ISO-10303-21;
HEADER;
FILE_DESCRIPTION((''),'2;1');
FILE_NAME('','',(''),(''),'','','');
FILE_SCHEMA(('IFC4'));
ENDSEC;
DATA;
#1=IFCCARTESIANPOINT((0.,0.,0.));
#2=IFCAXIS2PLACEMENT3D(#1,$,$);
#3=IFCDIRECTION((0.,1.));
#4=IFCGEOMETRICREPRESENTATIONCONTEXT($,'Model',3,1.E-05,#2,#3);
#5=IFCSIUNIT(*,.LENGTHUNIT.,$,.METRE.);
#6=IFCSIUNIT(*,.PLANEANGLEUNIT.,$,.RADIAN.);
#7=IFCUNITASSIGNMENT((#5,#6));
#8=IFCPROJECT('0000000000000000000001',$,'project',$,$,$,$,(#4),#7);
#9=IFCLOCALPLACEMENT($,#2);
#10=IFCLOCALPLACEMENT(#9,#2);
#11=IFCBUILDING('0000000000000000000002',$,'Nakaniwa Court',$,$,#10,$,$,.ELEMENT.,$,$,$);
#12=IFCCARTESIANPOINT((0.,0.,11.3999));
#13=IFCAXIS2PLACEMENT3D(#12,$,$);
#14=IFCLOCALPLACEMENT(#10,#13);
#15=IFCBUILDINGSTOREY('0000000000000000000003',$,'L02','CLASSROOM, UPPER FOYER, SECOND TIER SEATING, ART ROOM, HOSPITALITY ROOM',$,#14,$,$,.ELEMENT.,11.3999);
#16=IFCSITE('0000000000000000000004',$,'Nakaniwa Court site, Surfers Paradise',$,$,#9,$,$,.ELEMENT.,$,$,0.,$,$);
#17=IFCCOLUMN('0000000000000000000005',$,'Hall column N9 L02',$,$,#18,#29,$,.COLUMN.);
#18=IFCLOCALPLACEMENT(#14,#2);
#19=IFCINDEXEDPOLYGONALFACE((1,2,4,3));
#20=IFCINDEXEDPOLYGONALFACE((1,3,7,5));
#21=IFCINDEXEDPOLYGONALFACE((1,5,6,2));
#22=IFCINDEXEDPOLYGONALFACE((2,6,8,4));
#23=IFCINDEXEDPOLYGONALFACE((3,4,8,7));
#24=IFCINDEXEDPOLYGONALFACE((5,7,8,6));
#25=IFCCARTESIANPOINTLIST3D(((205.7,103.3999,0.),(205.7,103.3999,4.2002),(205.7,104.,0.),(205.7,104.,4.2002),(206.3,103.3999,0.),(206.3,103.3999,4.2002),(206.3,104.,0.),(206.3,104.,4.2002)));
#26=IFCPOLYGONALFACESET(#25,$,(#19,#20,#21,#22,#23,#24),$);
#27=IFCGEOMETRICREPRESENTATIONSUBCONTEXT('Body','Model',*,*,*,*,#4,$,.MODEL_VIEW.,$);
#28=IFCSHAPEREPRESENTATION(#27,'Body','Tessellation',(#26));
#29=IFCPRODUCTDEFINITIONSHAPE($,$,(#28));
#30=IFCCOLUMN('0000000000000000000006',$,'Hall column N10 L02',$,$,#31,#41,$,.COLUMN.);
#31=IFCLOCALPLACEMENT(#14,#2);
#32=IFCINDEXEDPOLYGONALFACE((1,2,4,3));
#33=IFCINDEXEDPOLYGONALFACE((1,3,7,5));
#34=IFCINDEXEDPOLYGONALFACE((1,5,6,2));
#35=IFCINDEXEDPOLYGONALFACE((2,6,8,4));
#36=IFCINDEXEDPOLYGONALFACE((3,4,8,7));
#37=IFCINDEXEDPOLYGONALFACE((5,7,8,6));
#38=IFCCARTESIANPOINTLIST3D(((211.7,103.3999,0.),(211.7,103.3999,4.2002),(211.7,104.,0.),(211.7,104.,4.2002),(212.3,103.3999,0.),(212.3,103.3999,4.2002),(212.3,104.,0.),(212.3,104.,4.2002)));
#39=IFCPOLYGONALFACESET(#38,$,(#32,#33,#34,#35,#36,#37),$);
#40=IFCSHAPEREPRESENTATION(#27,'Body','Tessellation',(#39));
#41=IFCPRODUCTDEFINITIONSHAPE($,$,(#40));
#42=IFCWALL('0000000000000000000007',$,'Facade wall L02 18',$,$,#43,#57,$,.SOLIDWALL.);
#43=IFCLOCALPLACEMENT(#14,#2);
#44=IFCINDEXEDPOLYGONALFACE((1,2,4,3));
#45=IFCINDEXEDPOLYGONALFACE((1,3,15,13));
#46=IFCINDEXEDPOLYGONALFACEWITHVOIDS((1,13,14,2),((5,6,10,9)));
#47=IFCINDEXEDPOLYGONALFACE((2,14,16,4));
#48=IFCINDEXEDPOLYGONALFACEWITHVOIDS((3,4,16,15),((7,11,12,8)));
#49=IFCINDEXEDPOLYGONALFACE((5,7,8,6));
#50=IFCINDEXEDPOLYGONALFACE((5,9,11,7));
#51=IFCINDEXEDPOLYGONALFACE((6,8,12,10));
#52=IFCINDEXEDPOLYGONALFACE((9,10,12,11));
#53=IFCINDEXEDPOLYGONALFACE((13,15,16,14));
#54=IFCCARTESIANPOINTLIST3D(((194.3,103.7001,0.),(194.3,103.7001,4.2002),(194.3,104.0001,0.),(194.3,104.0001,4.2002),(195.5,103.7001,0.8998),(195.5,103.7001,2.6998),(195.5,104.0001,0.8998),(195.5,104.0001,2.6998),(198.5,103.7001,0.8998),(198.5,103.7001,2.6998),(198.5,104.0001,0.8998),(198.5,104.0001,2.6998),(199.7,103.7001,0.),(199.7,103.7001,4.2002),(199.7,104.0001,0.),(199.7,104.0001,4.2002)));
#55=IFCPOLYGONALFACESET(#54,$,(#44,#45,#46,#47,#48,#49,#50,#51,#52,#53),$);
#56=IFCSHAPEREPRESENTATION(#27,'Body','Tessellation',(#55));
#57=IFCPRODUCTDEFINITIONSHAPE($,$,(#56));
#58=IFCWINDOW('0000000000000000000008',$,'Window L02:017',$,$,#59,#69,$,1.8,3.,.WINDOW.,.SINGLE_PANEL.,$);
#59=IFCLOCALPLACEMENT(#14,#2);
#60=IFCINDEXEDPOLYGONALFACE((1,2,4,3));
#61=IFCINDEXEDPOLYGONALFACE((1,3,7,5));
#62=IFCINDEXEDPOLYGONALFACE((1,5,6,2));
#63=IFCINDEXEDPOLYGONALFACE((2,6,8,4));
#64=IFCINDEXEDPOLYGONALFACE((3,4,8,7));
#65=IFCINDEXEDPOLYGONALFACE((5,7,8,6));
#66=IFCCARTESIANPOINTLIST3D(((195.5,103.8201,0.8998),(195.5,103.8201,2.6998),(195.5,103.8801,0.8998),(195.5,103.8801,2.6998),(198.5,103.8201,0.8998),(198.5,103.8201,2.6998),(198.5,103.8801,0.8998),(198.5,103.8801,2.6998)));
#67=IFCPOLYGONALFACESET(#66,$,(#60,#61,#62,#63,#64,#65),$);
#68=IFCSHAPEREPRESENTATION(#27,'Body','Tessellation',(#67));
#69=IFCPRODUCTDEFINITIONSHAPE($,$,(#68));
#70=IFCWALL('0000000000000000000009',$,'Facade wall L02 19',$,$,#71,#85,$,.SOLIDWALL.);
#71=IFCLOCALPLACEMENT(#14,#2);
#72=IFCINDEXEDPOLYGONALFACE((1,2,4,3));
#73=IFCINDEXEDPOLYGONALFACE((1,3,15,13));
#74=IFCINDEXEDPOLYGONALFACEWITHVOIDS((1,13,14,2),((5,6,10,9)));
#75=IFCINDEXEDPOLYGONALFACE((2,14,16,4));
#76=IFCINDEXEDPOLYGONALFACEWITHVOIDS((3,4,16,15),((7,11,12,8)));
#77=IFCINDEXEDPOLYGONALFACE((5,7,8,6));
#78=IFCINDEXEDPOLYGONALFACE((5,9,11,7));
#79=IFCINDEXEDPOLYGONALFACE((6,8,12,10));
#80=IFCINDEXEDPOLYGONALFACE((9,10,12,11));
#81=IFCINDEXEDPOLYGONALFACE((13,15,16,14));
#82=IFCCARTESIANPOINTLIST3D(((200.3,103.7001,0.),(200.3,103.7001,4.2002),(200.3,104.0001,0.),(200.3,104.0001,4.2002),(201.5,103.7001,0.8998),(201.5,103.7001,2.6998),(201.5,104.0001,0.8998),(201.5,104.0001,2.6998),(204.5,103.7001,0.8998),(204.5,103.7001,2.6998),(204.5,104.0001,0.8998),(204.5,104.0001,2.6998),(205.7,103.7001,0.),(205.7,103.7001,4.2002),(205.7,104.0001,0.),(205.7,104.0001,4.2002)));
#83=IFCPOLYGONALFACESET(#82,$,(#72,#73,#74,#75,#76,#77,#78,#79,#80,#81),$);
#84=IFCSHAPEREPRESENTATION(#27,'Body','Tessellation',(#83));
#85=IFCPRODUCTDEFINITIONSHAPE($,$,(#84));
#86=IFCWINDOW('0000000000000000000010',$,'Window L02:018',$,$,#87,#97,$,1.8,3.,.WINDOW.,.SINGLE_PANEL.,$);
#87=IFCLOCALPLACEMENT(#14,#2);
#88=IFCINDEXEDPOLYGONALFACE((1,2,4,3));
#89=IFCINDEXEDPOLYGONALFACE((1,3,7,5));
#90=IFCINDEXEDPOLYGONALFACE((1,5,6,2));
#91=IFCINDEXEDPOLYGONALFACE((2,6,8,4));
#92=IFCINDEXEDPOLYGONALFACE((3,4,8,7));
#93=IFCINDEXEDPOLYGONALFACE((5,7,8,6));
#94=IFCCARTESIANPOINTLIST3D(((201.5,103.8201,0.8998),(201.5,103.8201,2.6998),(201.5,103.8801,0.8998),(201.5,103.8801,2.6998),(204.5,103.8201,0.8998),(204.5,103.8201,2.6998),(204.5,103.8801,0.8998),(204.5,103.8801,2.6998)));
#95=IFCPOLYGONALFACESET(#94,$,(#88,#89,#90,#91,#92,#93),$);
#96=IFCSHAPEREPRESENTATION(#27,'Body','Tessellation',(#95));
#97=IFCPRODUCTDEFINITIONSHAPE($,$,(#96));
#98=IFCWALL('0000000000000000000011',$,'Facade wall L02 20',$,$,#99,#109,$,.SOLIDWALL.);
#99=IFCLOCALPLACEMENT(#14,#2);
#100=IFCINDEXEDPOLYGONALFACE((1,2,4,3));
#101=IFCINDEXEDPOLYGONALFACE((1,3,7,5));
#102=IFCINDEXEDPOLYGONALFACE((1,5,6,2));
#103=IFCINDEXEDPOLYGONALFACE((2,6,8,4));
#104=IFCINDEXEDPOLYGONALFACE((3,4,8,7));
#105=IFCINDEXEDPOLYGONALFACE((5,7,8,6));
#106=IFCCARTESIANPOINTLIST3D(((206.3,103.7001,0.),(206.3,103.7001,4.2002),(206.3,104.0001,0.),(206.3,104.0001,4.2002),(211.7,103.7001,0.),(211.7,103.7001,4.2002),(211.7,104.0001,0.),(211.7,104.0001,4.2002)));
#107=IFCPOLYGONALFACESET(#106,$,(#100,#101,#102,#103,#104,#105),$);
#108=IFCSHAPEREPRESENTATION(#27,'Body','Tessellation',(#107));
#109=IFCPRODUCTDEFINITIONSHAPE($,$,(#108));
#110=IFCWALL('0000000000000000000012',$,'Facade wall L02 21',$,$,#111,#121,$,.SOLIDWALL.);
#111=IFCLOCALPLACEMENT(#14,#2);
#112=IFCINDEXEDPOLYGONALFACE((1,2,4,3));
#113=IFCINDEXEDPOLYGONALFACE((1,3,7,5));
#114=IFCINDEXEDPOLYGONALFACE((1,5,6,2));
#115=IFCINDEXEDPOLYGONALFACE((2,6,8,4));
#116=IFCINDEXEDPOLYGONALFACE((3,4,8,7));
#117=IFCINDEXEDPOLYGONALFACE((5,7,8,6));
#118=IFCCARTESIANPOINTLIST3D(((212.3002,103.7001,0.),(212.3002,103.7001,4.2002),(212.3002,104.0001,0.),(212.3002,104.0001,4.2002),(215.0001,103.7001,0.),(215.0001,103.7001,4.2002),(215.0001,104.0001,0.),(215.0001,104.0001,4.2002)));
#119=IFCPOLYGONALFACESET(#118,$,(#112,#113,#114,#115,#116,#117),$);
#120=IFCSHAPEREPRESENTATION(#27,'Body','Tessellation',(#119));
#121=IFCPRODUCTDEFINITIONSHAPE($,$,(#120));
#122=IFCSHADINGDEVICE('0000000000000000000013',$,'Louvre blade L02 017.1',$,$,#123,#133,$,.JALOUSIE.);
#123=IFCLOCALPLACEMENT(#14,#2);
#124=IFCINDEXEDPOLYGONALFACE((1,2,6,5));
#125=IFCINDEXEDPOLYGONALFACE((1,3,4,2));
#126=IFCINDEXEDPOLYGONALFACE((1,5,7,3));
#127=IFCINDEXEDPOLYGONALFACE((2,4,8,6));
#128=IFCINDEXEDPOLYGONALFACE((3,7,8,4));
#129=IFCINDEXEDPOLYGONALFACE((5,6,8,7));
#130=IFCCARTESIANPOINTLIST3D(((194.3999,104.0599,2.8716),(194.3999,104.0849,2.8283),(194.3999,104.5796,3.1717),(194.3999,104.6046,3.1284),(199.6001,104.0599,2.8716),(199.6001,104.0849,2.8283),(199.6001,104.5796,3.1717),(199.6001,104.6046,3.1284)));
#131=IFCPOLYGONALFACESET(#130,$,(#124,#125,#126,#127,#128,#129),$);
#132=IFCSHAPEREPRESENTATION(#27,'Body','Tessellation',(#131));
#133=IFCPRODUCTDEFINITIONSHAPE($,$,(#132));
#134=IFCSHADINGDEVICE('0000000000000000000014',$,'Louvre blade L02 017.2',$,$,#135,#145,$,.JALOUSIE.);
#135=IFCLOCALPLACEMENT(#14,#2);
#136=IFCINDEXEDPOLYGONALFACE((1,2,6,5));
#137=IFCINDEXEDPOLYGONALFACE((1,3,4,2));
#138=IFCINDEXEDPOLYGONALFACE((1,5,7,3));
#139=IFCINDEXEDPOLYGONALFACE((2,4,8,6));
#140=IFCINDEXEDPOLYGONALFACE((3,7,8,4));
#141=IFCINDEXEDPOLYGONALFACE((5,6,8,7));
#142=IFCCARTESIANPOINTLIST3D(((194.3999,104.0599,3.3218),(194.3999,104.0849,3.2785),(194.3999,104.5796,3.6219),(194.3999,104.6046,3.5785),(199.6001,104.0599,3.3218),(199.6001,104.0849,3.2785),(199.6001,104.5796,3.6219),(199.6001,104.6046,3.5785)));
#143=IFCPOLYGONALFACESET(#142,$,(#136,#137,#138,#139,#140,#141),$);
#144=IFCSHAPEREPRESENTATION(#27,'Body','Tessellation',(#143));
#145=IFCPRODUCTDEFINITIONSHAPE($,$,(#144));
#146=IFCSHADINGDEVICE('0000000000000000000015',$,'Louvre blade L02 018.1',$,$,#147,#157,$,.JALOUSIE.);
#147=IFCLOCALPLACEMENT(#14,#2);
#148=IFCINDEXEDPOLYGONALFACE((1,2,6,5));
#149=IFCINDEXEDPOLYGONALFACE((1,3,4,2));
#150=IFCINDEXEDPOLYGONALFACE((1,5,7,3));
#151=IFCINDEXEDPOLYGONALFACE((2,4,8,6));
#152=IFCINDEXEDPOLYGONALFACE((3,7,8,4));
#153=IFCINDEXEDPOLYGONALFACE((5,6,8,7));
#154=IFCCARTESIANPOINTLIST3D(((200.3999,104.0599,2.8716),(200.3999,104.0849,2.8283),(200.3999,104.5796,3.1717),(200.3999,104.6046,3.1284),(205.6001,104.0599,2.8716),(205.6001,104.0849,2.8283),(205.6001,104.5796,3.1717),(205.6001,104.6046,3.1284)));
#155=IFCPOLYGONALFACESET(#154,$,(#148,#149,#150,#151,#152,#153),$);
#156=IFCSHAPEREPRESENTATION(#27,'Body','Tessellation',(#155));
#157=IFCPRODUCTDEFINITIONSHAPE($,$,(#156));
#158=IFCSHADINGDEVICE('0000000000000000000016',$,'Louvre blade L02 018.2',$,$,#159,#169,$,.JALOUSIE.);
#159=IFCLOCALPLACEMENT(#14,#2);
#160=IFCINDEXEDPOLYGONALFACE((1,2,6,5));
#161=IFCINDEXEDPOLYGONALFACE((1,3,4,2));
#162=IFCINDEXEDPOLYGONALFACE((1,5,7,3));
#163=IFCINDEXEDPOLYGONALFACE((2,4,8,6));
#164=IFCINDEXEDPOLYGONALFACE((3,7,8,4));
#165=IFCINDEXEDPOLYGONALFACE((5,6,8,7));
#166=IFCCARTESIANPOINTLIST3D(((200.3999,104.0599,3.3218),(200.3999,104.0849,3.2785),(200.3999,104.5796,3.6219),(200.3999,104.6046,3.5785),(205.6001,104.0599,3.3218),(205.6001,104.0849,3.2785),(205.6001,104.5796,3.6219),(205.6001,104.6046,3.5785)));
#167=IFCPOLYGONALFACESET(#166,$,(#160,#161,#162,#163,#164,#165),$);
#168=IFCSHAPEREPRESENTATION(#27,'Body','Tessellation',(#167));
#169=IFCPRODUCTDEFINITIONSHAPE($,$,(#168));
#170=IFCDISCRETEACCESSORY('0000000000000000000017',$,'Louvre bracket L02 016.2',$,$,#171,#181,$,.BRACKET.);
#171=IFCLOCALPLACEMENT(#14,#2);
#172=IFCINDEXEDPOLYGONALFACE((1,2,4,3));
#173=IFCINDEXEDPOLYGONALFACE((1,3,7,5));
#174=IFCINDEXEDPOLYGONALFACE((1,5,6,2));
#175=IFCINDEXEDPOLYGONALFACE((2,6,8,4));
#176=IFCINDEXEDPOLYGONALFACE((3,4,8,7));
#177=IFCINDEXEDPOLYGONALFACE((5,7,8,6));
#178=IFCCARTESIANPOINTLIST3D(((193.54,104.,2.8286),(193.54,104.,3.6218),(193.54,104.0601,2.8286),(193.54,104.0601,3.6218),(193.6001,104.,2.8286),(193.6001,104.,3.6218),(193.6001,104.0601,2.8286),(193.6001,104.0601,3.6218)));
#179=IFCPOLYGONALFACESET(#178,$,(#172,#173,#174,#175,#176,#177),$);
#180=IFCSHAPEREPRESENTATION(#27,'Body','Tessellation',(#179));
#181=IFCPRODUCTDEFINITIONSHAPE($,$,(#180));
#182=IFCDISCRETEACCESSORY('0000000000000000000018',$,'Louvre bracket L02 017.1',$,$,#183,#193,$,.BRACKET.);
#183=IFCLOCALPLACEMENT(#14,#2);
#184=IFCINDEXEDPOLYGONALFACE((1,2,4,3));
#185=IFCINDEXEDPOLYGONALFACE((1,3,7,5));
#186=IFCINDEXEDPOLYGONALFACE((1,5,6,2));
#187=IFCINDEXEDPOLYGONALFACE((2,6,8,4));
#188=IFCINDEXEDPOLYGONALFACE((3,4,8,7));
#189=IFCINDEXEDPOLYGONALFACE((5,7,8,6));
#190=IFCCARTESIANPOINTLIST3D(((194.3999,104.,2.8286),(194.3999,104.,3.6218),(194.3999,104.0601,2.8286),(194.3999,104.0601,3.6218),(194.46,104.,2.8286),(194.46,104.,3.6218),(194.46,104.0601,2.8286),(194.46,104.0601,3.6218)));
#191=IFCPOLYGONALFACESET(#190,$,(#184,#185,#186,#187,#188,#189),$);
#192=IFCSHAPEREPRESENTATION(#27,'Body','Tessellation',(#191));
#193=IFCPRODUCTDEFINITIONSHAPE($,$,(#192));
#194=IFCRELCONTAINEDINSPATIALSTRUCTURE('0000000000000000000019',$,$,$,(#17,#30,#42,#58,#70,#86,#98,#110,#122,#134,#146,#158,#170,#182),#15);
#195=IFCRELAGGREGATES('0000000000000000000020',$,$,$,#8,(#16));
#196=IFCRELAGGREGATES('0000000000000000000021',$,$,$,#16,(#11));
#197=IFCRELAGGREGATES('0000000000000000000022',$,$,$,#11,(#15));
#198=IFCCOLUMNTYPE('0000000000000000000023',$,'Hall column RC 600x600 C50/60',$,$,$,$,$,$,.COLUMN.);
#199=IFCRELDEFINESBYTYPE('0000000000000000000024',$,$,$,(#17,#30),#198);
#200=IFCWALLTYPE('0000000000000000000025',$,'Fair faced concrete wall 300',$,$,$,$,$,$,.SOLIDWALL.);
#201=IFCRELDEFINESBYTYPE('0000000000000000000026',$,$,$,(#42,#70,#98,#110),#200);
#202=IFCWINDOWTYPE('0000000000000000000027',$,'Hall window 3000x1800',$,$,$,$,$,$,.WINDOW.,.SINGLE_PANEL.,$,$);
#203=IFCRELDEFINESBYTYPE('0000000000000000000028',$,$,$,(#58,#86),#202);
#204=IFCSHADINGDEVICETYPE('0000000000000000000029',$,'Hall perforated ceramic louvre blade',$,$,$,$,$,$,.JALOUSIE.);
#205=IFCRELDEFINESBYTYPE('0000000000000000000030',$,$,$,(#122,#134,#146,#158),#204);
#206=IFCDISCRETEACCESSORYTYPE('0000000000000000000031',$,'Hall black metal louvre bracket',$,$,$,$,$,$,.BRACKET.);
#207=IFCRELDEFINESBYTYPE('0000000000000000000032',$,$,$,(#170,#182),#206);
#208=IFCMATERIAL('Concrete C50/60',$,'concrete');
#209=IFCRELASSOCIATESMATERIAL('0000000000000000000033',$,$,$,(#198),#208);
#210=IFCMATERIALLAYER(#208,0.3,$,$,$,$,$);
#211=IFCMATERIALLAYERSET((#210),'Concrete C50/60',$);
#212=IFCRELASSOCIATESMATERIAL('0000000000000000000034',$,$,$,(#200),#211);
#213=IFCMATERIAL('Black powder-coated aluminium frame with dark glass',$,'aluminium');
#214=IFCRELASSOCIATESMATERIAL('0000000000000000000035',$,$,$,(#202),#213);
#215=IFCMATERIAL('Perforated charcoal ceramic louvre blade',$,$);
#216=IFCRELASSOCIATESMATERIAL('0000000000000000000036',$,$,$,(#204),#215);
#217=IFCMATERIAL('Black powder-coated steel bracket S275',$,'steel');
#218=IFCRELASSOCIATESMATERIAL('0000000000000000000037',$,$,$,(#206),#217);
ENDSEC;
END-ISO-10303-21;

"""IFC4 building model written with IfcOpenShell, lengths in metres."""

from ifc_helpers import new_model, si_unit, direction, frame, frame_2d, origin, origin_2d, place, context, subcontext, project, spatial, rectangle, extrude, material, layer, layer_set, material_profile, profile_set, type_object, element, fill, save


model = new_model("IFC4")

# Units and contexts
model_context = context("Model", 3, precision=1e-05, world=origin(), true_north=direction((0.0, 1.0)))
body_context = subcontext(model_context, "Body", "Model", "MODEL_VIEW")
ifc_project = project(units=[si_unit("LENGTHUNIT", "METRE"), si_unit("PLANEANGLEUNIT", "RADIAN")], contexts=[model_context])

# Site, building, storey
site_placement = place(None, origin())
site = spatial("IfcSite", under=ifc_project, at=site_placement, Name="Nakaniwa Court site, Surfers Paradise", CompositionType="ELEMENT", RefElevation=0.0)
building_placement = place(site_placement, origin())
building = spatial("IfcBuilding", under=site, at=building_placement, Name="Nakaniwa Court", CompositionType="ELEMENT")
storey_placement = place(building_placement, frame((0.0, 0.0, 11.3999)))
storey = spatial("IfcBuildingStorey", under=building, at=storey_placement, Name="L02", Description="CLASSROOM, UPPER FOYER, SECOND TIER SEATING, ART ROOM, HOSPITALITY ROOM", CompositionType="ELEMENT", Elevation=11.3999)

# Columns
ifc_material_1 = material(Name="Concrete C50/60", Category="concrete")
ifc_material_profile_1 = material_profile(ifc_material_1, rectangle(XDim=0.6001, YDim=0.6001, at=origin_2d()), Name="RC 600x600")
ifc_profile_set_1 = profile_set([ifc_material_profile_1], Name="Concrete C50/60")
column_type = type_object("IfcColumnType", Name="Hall column RC 600x600 C50/60", PredefinedType="COLUMN", material=ifc_profile_set_1)
for number, where, z_axis, x_axis, name in (
    (1, (206.0, 103.7, 0.0), (0.0, 0.0, 1.0), (1.0, 0.0, 0.0), "Hall column N9 L02"),
    (2, (212.0, 103.7, 0.0), (0.0, 0.0, 1.0), (1.0, 0.0, 0.0), "Hall column N10 L02"),
):
    element("IfcColumn", number, at=place(storey_placement, frame(where, z_axis=z_axis, x_axis=x_axis)), inside=storey, type_object=column_type, Name=name, PredefinedType="COLUMN", context=body_context, shape_type="SweptSolid", body=[
        extrude(rectangle(XDim=0.6001, YDim=0.6001, at=origin_2d()), origin(), (0.0, 0.0, 1.0), 4.2002),
    ])

# Walls, openings, windows
ifc_layer = layer(ifc_material_1, 0.3)
ifc_layer_set = layer_set([ifc_layer], Name="Concrete C50/60")
wall_type = type_object("IfcWallType", Name="Fair faced concrete wall 300", PredefinedType="SOLIDWALL", material=ifc_layer_set)
wall_1_placement = place(storey_placement, frame((194.3, 103.8501, 0.0), z_axis=(0.0, 0.0, 1.0), x_axis=(1.0, 0.0, 0.0)))
wall_1 = element("IfcWall", 3, at=wall_1_placement, inside=storey, type_object=wall_type, Name="Facade wall L02 18", PredefinedType="SOLIDWALL", context=body_context, shape_type="SweptSolid", body=[
    extrude(rectangle(XDim=5.3999, YDim=0.3, at=frame_2d((2.7, 0.0))), origin(), (0.0, 0.0, 1.0), 4.2002),
])
opening_1_placement = place(wall_1_placement, frame((1.2, 0.0, 0.8999)))
opening_1 = element("IfcOpeningElement", 4, at=opening_1_placement, cuts=wall_1, PredefinedType="OPENING", context=body_context, shape_type="SweptSolid", body=[
    extrude(rectangle(XDim=3.0, YDim=1.8, at=frame_2d((1.5, 0.8999))), frame((0.0, 0.1599, 0.0), z_axis=(0.0, -1.0, 0.0), x_axis=(1.0, 0.0, 0.0)), (0.0, 0.0, 1.0), 0.3201),
])
ifc_material_2 = material(Name="Black powder-coated aluminium frame with dark glass", Category="aluminium")
window_type = type_object("IfcWindowType", Name="Hall window 3000x1800", PartitioningType="SINGLE_PANEL", PredefinedType="WINDOW", material=ifc_material_2)
window_1_placement = place(opening_1_placement, origin())
window_1 = element("IfcWindow", 5, at=window_1_placement, inside=storey, type_object=window_type, Name="Window L02:017", OverallHeight=1.8, OverallWidth=3.0, PartitioningType="SINGLE_PANEL", PredefinedType="WINDOW", context=body_context, shape_type="SweptSolid", body=[
    extrude(rectangle(XDim=3.0, YDim=1.8, at=frame_2d((1.5, 0.8999))), frame((0.0, 0.03, 0.0), z_axis=(0.0, -1.0, 0.0), x_axis=(1.0, 0.0, 0.0)), (0.0, 0.0, 1.0), 0.0601),
])
fill(opening_1, window_1)
wall_2_placement = place(storey_placement, frame((200.3, 103.8501, 0.0), z_axis=(0.0, 0.0, 1.0), x_axis=(1.0, 0.0, 0.0)))
wall_2 = element("IfcWall", 6, at=wall_2_placement, inside=storey, type_object=wall_type, Name="Facade wall L02 19", PredefinedType="SOLIDWALL", context=body_context, shape_type="SweptSolid", body=[
    extrude(rectangle(XDim=5.3999, YDim=0.3, at=frame_2d((2.7, 0.0))), origin(), (0.0, 0.0, 1.0), 4.2002),
])
opening_2_placement = place(wall_2_placement, frame((1.2, 0.0, 0.8999)))
opening_2 = element("IfcOpeningElement", 7, at=opening_2_placement, cuts=wall_2, PredefinedType="OPENING", context=body_context, shape_type="SweptSolid", body=[
    extrude(rectangle(XDim=3.0, YDim=1.8, at=frame_2d((1.5, 0.8999))), frame((0.0, 0.1599, 0.0), z_axis=(0.0, -1.0, 0.0), x_axis=(1.0, 0.0, 0.0)), (0.0, 0.0, 1.0), 0.3201),
])
window_2_placement = place(opening_2_placement, origin())
window_2 = element("IfcWindow", 8, at=window_2_placement, inside=storey, type_object=window_type, Name="Window L02:018", OverallHeight=1.8, OverallWidth=3.0, PartitioningType="SINGLE_PANEL", PredefinedType="WINDOW", context=body_context, shape_type="SweptSolid", body=[
    extrude(rectangle(XDim=3.0, YDim=1.8, at=frame_2d((1.5, 0.8999))), frame((0.0, 0.03, 0.0), z_axis=(0.0, -1.0, 0.0), x_axis=(1.0, 0.0, 0.0)), (0.0, 0.0, 1.0), 0.0601),
])
fill(opening_2, window_2)

# Walls
wall_3_placement = place(storey_placement, frame((206.3, 103.8501, 0.0), z_axis=(0.0, 0.0, 1.0), x_axis=(1.0, 0.0, 0.0)))
element("IfcWall", 9, at=wall_3_placement, inside=storey, type_object=wall_type, Name="Facade wall L02 20", PredefinedType="SOLIDWALL", context=body_context, shape_type="SweptSolid", body=[
    extrude(rectangle(XDim=5.3999, YDim=0.3, at=frame_2d((2.7, 0.0))), origin(), (0.0, 0.0, 1.0), 4.2002),
])
wall_4_placement = place(storey_placement, frame((212.3, 103.8501, 0.0), z_axis=(0.0, 0.0, 1.0), x_axis=(1.0, 0.0, 0.0)))
element("IfcWall", 10, at=wall_4_placement, inside=storey, type_object=wall_type, Name="Facade wall L02 21", PredefinedType="SOLIDWALL", context=body_context, shape_type="SweptSolid", body=[
    extrude(rectangle(XDim=2.7, YDim=0.3, at=frame_2d((1.3501, 0.0))), origin(), (0.0, 0.0, 1.0), 4.2002),
])

# Shading devices
ifc_material_3 = material(Name="Perforated charcoal ceramic louvre blade")
ifc_material_profile_2 = material_profile(ifc_material_3, rectangle(XDim=0.6001, YDim=0.05, at=origin_2d()), Name="Hall perforated ceramic louvre blade")
ifc_profile_set_2 = profile_set([ifc_material_profile_2], Name="Perforated charcoal ceramic louvre blade")
shading_device_type = type_object("IfcShadingDeviceType", Name="Hall perforated ceramic louvre blade", PredefinedType="JALOUSIE", material=ifc_profile_set_2)
for number, where, z_axis, x_axis, name in (
    (11, (194.3999, 104.3323, 3.0), (1.0, 0.0, 0.0), (0.0, 0.866025, 0.5), "Louvre blade L02 017.1"),
    (12, (194.3999, 104.3323, 3.4502), (1.0, 0.0, 0.0), (0.0, 0.866025, 0.5), "Louvre blade L02 017.2"),
    (13, (200.3999, 104.3323, 3.0), (1.0, 0.0, 0.0), (0.0, 0.866025, 0.5), "Louvre blade L02 018.1"),
    (14, (200.3999, 104.3323, 3.4502), (1.0, 0.0, 0.0), (0.0, 0.866025, 0.5), "Louvre blade L02 018.2"),
):
    element("IfcShadingDevice", number, at=place(storey_placement, frame(where, z_axis=z_axis, x_axis=x_axis)), inside=storey, type_object=shading_device_type, Name=name, PredefinedType="JALOUSIE", context=body_context, shape_type="SweptSolid", body=[
        extrude(rectangle(XDim=0.6001, YDim=0.05, at=origin_2d()), origin(), (0.0, 0.0, 1.0), 5.2002),
    ])

# Discrete accessories
ifc_material_4 = material(Name="Black powder-coated steel bracket S275", Category="steel")
discrete_accessory_type = type_object("IfcDiscreteAccessoryType", Name="Hall black metal louvre bracket", PredefinedType="BRACKET", material=ifc_material_4)
for number, where, z_axis, x_axis, name in (
    (15, (193.5701, 104.03, 2.8286), (0.0, 0.0, 1.0), (1.0, 0.0, 0.0), "Louvre bracket L02 016.2"),
    (16, (194.4299, 104.03, 2.8286), (0.0, 0.0, 1.0), (1.0, 0.0, 0.0), "Louvre bracket L02 017.1"),
):
    element("IfcDiscreteAccessory", number, at=place(storey_placement, frame(where, z_axis=z_axis, x_axis=x_axis)), inside=storey, type_object=discrete_accessory_type, Name=name, PredefinedType="BRACKET", context=body_context, shape_type="SweptSolid", body=[
        extrude(rectangle(XDim=0.0601, YDim=0.0601, at=origin_2d()), origin(), (0.0, 0.0, 1.0), 0.7932),
    ])

save(model, "model.ifc")
